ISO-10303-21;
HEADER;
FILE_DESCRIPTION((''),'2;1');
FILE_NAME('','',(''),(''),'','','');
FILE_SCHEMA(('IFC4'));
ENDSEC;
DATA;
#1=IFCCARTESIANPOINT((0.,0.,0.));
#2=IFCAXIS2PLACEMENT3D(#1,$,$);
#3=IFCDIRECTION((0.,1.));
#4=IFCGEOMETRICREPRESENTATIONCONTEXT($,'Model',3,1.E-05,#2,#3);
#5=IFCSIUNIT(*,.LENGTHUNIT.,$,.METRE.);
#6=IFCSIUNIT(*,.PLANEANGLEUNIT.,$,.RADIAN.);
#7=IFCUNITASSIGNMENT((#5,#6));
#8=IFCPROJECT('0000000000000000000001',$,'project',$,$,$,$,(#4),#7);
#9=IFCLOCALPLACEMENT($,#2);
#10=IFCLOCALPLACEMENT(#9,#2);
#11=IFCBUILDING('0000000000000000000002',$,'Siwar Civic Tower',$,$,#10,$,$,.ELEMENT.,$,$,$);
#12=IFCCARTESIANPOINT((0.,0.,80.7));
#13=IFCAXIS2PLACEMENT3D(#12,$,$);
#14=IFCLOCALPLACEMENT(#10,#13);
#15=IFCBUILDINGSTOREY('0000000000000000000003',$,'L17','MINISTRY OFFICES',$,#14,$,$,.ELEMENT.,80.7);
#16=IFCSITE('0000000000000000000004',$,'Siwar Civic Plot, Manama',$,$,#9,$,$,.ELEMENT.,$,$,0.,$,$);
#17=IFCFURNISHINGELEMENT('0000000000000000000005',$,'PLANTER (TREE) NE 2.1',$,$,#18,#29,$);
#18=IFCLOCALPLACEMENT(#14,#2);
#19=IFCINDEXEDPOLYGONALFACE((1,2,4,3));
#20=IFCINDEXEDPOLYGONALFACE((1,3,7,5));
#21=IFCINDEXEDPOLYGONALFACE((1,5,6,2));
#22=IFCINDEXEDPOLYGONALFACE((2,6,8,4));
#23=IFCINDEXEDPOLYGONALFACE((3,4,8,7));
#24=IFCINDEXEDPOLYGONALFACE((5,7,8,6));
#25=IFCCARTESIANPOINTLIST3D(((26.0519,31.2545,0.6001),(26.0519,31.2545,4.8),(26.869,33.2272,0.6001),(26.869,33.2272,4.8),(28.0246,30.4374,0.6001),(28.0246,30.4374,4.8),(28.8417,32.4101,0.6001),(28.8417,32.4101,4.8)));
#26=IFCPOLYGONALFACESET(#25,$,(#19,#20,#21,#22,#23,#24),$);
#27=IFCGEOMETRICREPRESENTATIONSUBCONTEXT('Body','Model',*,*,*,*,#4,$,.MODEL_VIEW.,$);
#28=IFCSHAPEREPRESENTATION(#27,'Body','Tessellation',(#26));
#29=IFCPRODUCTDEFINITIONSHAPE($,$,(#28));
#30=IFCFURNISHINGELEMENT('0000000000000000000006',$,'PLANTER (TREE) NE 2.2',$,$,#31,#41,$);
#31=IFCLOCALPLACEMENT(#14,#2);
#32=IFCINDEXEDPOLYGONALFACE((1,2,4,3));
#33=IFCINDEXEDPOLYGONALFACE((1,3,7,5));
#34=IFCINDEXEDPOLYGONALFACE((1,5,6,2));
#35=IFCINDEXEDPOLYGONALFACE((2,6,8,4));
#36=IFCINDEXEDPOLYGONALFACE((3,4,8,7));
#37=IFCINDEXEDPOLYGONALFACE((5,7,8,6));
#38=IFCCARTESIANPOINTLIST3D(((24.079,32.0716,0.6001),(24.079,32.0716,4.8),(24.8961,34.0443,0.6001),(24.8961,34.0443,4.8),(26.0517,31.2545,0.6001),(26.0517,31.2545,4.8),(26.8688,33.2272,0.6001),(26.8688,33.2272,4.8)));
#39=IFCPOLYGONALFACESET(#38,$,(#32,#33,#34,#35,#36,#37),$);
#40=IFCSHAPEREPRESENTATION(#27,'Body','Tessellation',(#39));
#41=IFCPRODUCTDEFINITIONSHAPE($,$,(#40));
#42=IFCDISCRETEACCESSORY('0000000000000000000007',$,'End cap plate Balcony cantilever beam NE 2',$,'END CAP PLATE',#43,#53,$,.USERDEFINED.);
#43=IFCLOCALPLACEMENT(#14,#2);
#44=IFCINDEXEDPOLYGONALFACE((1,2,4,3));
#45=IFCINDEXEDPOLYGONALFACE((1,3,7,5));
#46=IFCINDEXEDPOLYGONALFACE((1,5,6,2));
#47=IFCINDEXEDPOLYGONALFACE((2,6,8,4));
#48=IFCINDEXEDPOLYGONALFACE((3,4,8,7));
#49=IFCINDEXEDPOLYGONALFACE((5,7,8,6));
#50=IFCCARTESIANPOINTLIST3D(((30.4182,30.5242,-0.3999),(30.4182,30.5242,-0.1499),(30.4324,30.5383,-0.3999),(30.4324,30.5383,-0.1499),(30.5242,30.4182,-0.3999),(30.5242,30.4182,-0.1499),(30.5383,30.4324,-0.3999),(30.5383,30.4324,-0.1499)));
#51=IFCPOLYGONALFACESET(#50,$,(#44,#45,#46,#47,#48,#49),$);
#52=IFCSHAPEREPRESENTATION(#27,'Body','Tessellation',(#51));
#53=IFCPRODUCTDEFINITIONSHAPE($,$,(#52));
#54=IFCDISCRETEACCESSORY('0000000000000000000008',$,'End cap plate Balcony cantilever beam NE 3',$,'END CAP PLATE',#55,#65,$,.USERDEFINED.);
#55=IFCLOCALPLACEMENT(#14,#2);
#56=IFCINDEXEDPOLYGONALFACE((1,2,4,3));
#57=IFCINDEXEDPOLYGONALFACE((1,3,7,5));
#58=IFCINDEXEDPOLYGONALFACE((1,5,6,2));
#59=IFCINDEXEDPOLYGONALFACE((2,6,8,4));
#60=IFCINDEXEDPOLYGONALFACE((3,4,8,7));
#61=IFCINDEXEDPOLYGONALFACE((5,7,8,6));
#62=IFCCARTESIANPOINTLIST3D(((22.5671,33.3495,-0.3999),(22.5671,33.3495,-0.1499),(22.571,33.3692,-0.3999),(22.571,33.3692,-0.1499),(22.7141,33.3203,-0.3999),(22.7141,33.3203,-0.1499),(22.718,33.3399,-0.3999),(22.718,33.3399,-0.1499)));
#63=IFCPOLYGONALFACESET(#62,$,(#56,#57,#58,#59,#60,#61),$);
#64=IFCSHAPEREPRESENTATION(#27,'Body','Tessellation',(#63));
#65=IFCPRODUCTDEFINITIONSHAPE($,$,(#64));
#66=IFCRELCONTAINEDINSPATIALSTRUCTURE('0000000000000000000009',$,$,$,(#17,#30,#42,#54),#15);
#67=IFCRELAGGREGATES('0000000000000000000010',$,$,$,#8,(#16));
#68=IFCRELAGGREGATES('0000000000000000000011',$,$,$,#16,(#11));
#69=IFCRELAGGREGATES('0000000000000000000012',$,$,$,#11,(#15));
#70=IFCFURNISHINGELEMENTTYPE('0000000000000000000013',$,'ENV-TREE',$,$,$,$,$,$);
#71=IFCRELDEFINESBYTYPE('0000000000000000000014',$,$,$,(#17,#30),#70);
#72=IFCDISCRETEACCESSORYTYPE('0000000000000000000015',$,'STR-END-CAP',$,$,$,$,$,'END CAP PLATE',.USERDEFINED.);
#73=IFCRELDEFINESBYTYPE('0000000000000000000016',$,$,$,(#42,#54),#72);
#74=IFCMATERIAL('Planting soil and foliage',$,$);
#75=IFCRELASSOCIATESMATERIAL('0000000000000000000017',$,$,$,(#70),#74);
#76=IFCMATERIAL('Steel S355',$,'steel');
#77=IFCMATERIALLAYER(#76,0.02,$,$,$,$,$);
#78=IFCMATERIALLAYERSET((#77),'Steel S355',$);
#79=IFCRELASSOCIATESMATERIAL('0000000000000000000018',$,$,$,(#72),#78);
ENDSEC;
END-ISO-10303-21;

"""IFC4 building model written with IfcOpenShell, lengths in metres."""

from ifc_helpers import new_model, si_unit, direction, frame, origin, origin_2d, place, context, subcontext, project, spatial, rectangle, extrude, material, layer, layer_set, type_object, element, save


model = new_model("IFC4")

# Units and contexts
model_context = context("Model", 3, precision=1e-05, world=origin(), true_north=direction((0.0, 1.0)))
body_context = subcontext(model_context, "Body", "Model", "MODEL_VIEW")
ifc_project = project(units=[si_unit("LENGTHUNIT", "METRE"), si_unit("PLANEANGLEUNIT", "RADIAN")], contexts=[model_context])

# Site, building, storey
site_placement = place(None, origin())
site = spatial("IfcSite", under=ifc_project, at=site_placement, Name="Siwar Civic Plot, Manama", CompositionType="ELEMENT", RefElevation=0.0)
building_placement = place(site_placement, origin())
building = spatial("IfcBuilding", under=site, at=building_placement, Name="Siwar Civic Tower", CompositionType="ELEMENT")
storey_placement = place(building_placement, frame((0.0, 0.0, 80.7)))
storey = spatial("IfcBuildingStorey", under=building, at=storey_placement, Name="L17", Description="MINISTRY OFFICES", CompositionType="ELEMENT", Elevation=80.7)

# Furnishing elements
ifc_material_1 = material(Name="Planting soil and foliage")
furnishing_element_type_1 = type_object("IfcFurnishingElementType", Name="ENV-TREE", material=ifc_material_1)
for number, where, z_axis, x_axis, name in (
    (1, (27.4468, 31.8323, 0.6001), (0.0, 0.0, 1.0), (-0.92388, 0.382683, 0.0), "PLANTER (TREE) NE 2.1"),
    (2, (25.4739, 32.6494, 0.6001), (0.0, 0.0, 1.0), (-0.92388, 0.382683, 0.0), "PLANTER (TREE) NE 2.2"),
):
    element("IfcFurnishingElement", number, at=place(storey_placement, frame(where, z_axis=z_axis, x_axis=x_axis)), inside=storey, type_object=furnishing_element_type_1, Name=name, context=body_context, shape_type="SweptSolid", body=[
        extrude(rectangle(XDim=2.1353, YDim=2.1353, at=origin_2d()), origin(), (0.0, 0.0, 1.0), 4.2),
    ])

# Discrete accessories
ifc_material_2 = material(Name="Steel S355", Category="steel")
ifc_layer_1 = layer(ifc_material_2, 0.02)
ifc_layer_set_1 = layer_set([ifc_layer_1], Name="Steel S355")
discrete_accessory_type = type_object("IfcDiscreteAccessoryType", Name="STR-END-CAP", ElementType="END CAP PLATE", PredefinedType="USERDEFINED", material=ifc_layer_set_1)
for number, where, z_axis, x_axis, name in (
    (3, (30.4783, 30.4783, -0.3999), (0.0, 0.0, 1.0), (0.707107, 0.707107, 0.0), "End cap plate Balcony cantilever beam NE 2"),
    (4, (22.6426, 33.3447, -0.3999), (0.0, 0.0, 1.0), (0.19509, 0.980785, 0.0), "End cap plate Balcony cantilever beam NE 3"),
):
    element("IfcDiscreteAccessory", number, at=place(storey_placement, frame(where, z_axis=z_axis, x_axis=x_axis)), inside=storey, type_object=discrete_accessory_type, Name=name, ObjectType="END CAP PLATE", PredefinedType="USERDEFINED", context=body_context, shape_type="SweptSolid", body=[
        extrude(rectangle(XDim=0.02, YDim=0.1499, at=origin_2d()), origin(), (0.0, 0.0, 1.0), 0.25),
    ])

save(model, "model.ifc")
